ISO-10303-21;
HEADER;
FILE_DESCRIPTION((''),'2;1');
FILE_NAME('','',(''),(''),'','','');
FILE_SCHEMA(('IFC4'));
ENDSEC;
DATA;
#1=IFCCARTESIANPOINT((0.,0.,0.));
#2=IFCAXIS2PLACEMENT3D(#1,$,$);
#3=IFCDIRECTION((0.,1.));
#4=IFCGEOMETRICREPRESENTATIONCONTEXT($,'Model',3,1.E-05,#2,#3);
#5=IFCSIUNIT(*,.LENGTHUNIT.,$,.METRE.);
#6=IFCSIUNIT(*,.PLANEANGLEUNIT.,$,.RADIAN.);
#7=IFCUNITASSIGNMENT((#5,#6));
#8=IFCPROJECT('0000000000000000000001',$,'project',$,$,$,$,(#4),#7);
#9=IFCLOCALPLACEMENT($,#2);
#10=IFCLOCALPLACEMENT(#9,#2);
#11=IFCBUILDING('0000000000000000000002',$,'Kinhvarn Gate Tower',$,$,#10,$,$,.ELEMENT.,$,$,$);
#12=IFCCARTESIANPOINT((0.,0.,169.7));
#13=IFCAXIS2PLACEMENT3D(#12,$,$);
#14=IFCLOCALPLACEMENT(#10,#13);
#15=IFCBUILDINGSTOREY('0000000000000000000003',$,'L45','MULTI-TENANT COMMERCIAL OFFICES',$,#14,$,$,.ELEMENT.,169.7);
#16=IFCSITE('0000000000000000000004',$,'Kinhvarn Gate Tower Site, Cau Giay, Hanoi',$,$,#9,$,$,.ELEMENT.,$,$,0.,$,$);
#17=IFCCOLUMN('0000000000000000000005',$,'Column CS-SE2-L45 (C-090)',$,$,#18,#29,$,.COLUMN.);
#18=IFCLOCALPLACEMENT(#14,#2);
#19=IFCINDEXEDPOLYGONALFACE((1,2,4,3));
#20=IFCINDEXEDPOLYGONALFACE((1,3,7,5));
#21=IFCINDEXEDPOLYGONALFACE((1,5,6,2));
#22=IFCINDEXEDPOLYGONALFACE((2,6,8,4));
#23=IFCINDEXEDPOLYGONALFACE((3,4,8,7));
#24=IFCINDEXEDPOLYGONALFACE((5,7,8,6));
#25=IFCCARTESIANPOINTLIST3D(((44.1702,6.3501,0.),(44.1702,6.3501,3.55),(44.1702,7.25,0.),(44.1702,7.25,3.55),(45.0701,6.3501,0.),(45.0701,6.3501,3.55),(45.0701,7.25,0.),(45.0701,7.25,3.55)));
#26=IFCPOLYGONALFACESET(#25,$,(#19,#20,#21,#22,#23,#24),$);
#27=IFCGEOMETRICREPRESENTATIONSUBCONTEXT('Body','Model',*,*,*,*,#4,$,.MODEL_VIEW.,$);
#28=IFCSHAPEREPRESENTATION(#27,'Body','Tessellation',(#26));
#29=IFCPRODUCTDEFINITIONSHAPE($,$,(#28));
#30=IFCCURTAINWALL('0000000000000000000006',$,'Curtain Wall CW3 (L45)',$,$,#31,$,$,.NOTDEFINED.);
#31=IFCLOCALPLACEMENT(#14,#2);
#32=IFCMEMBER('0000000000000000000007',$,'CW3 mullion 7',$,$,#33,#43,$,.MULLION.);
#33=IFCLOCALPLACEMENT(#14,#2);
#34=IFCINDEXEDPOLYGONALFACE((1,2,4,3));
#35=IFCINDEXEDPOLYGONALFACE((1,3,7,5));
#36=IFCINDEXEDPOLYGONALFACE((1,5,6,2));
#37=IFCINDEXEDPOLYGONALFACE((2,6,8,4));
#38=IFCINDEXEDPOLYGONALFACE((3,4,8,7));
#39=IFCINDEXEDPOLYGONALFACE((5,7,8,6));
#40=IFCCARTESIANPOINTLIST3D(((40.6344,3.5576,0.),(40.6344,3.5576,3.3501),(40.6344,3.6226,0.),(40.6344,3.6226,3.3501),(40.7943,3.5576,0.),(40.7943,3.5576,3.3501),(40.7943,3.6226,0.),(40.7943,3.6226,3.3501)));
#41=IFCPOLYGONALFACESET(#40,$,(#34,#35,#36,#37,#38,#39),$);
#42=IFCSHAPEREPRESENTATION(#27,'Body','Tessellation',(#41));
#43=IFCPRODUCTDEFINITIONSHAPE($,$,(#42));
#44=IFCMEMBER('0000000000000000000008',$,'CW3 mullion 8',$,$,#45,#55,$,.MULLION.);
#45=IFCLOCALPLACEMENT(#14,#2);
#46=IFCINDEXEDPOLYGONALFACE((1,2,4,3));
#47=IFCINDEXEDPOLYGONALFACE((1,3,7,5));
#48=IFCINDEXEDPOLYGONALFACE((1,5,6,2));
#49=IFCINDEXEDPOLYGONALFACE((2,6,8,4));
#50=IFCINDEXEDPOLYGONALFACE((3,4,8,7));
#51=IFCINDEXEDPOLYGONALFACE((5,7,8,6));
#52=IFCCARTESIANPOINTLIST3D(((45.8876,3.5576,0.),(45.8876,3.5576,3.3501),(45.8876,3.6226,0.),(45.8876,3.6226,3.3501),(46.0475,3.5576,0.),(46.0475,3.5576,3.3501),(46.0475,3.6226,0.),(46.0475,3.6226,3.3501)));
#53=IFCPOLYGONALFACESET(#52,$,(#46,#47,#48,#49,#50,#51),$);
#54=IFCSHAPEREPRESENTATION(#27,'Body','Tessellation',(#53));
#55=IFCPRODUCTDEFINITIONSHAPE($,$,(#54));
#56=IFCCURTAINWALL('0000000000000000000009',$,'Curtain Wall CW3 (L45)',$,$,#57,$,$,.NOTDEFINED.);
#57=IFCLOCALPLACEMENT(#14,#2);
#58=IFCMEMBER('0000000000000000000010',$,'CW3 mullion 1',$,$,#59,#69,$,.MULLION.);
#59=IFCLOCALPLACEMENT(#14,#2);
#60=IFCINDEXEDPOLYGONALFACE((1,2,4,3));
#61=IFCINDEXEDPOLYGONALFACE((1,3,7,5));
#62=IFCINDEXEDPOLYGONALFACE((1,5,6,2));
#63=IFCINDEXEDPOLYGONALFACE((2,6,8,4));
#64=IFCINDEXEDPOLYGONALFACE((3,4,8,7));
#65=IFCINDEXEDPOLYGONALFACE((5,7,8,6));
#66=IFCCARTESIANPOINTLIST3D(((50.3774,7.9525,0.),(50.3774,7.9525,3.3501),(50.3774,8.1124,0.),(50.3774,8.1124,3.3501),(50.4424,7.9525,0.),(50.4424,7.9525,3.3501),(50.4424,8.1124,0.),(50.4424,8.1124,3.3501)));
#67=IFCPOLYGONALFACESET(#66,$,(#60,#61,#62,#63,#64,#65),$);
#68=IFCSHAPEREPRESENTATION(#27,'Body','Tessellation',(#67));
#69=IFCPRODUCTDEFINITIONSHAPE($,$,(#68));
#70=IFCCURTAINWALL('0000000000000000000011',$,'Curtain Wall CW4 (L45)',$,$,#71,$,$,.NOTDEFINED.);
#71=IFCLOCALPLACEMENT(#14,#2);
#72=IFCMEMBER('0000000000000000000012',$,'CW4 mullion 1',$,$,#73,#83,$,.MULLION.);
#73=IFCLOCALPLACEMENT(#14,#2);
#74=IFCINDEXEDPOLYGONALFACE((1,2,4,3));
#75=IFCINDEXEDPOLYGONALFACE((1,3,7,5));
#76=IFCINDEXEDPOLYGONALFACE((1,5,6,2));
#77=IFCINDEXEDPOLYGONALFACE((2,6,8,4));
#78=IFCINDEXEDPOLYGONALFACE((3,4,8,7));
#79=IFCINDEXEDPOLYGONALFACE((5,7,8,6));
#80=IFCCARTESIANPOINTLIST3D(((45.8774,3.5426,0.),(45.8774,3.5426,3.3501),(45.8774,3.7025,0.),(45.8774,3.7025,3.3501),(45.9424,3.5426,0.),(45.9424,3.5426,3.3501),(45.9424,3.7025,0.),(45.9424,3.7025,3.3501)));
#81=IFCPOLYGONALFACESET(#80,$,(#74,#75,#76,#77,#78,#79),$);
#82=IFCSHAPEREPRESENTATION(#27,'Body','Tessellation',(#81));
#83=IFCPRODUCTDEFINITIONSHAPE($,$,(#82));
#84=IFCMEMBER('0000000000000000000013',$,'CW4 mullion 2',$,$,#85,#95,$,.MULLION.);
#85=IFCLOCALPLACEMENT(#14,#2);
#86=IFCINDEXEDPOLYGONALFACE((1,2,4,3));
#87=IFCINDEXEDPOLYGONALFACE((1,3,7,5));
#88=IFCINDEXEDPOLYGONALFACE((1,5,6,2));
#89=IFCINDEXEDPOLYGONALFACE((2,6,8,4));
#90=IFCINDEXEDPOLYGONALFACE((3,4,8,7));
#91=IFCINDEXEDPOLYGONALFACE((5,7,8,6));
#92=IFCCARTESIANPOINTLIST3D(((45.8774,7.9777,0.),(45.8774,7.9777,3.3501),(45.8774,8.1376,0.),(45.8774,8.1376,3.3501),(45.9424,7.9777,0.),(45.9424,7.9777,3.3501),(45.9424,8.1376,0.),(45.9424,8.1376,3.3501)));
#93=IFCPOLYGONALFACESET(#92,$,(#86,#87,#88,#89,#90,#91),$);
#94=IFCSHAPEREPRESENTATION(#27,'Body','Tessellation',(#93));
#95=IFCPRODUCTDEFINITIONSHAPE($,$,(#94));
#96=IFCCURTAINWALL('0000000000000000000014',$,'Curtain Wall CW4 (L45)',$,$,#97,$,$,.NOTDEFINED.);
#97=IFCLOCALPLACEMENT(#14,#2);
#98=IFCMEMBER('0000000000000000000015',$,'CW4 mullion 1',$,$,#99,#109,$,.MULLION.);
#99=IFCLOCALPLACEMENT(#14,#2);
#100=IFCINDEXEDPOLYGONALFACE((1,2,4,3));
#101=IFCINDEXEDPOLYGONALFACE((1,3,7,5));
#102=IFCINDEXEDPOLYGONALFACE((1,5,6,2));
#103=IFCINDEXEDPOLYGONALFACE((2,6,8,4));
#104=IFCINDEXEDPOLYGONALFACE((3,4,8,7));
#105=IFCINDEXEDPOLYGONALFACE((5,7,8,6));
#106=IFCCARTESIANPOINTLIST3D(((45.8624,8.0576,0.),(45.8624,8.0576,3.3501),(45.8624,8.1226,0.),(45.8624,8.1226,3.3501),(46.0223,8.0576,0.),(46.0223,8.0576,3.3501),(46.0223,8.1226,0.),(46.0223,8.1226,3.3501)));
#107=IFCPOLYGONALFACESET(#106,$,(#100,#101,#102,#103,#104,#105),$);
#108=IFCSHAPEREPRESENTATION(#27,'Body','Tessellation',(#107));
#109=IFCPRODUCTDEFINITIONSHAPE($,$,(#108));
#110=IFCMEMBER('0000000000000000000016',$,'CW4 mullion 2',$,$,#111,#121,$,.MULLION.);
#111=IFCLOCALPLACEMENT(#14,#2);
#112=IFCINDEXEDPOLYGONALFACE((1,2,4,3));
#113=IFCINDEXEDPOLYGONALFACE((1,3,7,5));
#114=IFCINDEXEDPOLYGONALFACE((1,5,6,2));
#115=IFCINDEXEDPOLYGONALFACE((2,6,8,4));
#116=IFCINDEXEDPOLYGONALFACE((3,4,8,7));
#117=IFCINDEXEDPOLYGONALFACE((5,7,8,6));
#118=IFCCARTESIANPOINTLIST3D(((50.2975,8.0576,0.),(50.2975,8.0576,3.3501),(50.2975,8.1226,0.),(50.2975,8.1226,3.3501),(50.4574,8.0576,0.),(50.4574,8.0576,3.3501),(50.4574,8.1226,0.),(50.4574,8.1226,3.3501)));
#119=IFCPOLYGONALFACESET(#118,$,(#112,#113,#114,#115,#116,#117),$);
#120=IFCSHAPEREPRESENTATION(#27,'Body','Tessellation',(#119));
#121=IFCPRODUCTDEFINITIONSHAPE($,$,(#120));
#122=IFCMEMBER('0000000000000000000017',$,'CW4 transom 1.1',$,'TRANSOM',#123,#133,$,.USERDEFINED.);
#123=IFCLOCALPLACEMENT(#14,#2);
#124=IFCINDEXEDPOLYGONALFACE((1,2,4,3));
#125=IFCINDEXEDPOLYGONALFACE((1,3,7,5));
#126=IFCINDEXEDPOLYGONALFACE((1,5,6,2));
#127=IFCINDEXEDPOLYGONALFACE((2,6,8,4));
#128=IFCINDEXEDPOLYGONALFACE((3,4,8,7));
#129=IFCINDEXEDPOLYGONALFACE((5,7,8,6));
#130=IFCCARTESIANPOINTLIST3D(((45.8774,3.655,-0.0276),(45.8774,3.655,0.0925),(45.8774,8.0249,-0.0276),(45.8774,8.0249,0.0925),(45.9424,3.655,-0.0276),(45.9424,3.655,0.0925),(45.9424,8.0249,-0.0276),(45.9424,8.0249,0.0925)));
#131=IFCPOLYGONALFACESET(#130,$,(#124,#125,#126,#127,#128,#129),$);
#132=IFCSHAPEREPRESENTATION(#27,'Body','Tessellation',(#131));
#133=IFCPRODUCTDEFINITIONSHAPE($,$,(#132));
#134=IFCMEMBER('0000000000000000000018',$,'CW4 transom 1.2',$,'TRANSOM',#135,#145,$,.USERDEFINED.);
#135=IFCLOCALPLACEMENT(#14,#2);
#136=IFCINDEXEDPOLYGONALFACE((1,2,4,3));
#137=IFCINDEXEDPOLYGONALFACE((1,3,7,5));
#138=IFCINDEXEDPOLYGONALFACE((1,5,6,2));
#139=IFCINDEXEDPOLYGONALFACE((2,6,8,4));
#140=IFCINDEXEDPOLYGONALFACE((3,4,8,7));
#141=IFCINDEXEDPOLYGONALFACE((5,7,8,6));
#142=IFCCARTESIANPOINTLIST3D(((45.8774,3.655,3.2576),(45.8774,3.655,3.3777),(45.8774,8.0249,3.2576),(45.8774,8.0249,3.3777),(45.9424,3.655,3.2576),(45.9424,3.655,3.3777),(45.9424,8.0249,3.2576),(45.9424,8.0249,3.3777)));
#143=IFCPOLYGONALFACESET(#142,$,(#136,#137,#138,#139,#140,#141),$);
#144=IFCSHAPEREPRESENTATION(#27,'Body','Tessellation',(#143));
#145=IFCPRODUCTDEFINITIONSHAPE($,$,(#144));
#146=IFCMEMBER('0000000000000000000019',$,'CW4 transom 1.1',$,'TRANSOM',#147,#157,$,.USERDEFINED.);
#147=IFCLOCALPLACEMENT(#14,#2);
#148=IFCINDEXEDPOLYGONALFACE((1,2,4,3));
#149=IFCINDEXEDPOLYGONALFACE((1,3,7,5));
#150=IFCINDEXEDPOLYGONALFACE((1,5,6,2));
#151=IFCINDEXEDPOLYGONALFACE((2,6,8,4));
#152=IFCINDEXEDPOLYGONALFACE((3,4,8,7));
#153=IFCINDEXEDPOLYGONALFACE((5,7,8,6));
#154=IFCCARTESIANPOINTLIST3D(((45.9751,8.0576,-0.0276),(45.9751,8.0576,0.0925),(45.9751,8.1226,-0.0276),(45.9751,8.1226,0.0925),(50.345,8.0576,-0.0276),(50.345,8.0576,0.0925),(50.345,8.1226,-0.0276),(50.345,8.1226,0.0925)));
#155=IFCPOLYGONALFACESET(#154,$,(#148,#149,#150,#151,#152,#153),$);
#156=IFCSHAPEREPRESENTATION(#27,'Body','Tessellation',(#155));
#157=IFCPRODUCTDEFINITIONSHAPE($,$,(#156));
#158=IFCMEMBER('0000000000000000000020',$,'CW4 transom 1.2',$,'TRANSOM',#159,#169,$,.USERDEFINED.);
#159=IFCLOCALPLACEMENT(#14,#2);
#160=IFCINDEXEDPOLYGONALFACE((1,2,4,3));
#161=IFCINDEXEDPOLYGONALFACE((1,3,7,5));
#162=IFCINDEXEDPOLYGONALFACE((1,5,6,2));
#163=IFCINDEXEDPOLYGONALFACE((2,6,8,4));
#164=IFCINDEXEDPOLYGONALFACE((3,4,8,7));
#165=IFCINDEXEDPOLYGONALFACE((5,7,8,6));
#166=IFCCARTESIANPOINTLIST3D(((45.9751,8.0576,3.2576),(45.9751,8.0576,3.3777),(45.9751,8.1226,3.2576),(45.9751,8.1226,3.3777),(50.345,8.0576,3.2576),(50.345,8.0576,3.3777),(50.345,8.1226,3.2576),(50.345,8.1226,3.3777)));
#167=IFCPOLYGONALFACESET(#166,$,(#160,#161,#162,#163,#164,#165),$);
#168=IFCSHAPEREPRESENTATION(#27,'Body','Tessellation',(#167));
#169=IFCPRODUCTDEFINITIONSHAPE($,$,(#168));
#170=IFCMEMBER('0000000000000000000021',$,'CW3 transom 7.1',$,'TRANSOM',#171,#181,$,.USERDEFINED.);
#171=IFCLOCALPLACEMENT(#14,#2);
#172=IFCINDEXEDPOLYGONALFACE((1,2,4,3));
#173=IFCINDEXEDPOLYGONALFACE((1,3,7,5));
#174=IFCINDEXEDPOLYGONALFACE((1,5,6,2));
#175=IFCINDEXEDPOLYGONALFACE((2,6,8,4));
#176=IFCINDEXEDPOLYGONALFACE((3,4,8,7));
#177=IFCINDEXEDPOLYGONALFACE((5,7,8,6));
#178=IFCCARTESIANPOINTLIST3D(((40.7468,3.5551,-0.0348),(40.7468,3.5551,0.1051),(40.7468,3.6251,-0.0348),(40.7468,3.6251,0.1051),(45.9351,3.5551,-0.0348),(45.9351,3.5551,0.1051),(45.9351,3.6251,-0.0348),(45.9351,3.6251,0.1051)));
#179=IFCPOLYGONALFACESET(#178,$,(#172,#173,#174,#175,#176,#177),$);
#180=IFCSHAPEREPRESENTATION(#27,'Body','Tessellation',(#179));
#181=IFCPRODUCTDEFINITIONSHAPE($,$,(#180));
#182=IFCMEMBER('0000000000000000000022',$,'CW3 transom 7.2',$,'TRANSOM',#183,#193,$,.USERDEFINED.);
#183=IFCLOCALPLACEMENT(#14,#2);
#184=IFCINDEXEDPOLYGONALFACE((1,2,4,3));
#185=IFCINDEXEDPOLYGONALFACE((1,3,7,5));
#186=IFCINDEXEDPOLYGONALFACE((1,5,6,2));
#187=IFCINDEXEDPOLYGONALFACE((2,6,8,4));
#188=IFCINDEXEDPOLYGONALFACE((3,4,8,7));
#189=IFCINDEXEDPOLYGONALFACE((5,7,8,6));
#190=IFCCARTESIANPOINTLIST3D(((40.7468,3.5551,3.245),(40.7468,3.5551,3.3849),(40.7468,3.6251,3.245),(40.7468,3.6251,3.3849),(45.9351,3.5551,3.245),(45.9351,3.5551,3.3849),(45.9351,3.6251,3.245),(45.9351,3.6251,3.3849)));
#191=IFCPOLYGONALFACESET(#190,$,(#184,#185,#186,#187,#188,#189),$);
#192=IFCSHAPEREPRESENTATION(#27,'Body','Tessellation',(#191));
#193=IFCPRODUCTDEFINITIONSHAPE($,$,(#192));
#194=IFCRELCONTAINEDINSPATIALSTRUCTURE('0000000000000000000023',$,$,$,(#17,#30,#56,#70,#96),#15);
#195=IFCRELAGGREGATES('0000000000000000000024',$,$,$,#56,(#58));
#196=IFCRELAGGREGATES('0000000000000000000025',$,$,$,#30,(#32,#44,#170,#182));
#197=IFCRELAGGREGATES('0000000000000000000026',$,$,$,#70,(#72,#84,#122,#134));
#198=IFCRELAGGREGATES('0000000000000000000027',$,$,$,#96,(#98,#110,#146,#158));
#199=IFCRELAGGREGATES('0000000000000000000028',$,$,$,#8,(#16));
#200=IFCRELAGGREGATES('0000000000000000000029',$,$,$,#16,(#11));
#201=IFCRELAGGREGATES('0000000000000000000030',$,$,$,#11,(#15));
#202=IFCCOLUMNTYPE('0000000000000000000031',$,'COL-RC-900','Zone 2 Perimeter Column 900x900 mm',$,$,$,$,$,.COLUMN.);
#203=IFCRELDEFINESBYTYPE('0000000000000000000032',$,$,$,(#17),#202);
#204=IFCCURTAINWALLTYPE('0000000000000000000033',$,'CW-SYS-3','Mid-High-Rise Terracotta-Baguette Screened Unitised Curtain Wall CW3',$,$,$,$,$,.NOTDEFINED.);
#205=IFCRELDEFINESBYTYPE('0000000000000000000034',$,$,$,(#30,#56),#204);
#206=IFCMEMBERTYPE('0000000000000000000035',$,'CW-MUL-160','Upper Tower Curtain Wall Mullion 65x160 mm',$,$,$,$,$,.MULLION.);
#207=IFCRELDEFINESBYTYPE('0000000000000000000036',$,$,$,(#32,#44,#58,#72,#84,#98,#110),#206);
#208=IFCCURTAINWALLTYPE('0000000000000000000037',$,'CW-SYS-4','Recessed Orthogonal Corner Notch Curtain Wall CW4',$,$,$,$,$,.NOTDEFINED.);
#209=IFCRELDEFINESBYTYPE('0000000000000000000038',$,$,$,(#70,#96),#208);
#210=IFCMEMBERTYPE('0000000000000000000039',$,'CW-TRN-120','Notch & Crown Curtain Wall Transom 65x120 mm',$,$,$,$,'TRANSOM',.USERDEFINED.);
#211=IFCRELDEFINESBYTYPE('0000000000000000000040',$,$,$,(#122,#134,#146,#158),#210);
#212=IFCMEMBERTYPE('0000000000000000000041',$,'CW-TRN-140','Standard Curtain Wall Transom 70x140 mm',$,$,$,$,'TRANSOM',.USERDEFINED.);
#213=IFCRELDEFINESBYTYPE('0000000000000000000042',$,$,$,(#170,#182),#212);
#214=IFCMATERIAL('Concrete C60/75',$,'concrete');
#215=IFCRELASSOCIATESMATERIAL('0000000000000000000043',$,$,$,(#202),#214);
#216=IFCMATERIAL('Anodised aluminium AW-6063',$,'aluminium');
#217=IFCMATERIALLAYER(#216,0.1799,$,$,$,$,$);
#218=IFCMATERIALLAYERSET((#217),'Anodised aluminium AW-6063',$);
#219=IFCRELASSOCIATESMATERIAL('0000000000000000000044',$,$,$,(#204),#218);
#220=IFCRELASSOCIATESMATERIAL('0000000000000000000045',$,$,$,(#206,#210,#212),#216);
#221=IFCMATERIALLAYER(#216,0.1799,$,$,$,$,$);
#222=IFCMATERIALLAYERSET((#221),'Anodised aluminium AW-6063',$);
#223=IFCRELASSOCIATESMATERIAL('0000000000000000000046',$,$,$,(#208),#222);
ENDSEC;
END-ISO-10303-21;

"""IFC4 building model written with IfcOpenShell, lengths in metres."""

from ifc_helpers import new_model, si_unit, direction, frame, origin, origin_2d, place, context, subcontext, project, spatial, rectangle, extrude, material, layer, layer_set, material_profile, profile_set, type_object, element, aggregate, save


model = new_model("IFC4")

# Units and contexts
model_context = context("Model", 3, precision=1e-05, world=origin(), true_north=direction((0.0, 1.0)))
body_context = subcontext(model_context, "Body", "Model", "MODEL_VIEW")
ifc_project = project(units=[si_unit("LENGTHUNIT", "METRE"), si_unit("PLANEANGLEUNIT", "RADIAN")], contexts=[model_context])

# Site, building, storey
site_placement = place(None, origin())
site = spatial("IfcSite", under=ifc_project, at=site_placement, Name="Kinhvarn Gate Tower Site, Cau Giay, Hanoi", CompositionType="ELEMENT", RefElevation=0.0)
building_placement = place(site_placement, origin())
building = spatial("IfcBuilding", under=site, at=building_placement, Name="Kinhvarn Gate Tower", CompositionType="ELEMENT")
storey_placement = place(building_placement, frame((0.0, 0.0, 169.7)))
storey = spatial("IfcBuildingStorey", under=building, at=storey_placement, Name="L45", Description="MULTI-TENANT COMMERCIAL OFFICES", CompositionType="ELEMENT", Elevation=169.7)

# Column
ifc_material_1 = material(Name="Concrete C60/75", Category="concrete")
ifc_material_profile_1 = material_profile(ifc_material_1, rectangle(XDim=0.8999, YDim=0.8999, at=origin_2d()), Name="RC 900x900")
ifc_profile_set_1 = profile_set([ifc_material_profile_1], Name="Concrete C60/75")
column_type = type_object("IfcColumnType", Name="COL-RC-900", Description="Zone 2 Perimeter Column 900x900 mm", PredefinedType="COLUMN", material=ifc_profile_set_1)
column_placement = place(storey_placement, frame((44.6201, 6.8, 0.0), z_axis=(0.0, 0.0, 1.0), x_axis=(1.0, 0.0, 0.0)))
element("IfcColumn", 1, at=column_placement, inside=storey, type_object=column_type, Name="Column CS-SE2-L45 (C-090)", PredefinedType="COLUMN", context=body_context, shape_type="SweptSolid", body=[
    extrude(rectangle(XDim=0.8999, YDim=0.8999, at=origin_2d()), origin(), (0.0, 0.0, 1.0), 3.55),
])

# Curtain wall, members
ifc_material_2 = material(Name="Anodised aluminium AW-6063", Category="aluminium")
ifc_layer_1 = layer(ifc_material_2, 0.1799)
ifc_layer_set_1 = layer_set([ifc_layer_1], Name="Anodised aluminium AW-6063")
curtain_wall_type_1 = type_object("IfcCurtainWallType", Name="CW-SYS-3", Description="Mid-High-Rise Terracotta-Baguette Screened Unitised Curtain Wall CW3", PredefinedType="NOTDEFINED", material=ifc_layer_set_1)
curtain_wall_1_placement = place(storey_placement, origin())
curtain_wall_1 = element("IfcCurtainWall", 2, at=curtain_wall_1_placement, inside=storey, type_object=curtain_wall_type_1, Name="Curtain Wall CW3 (L45)", PredefinedType="NOTDEFINED")
ifc_material_profile_2 = material_profile(ifc_material_2, rectangle(XDim=0.0649, YDim=0.1599, at=origin_2d()), Name="ALU 65x160")
ifc_profile_set_2 = profile_set([ifc_material_profile_2], Name="Anodised aluminium AW-6063")
member_type_1 = type_object("IfcMemberType", Name="CW-MUL-160", Description="Upper Tower Curtain Wall Mullion 65x160 mm", PredefinedType="MULLION", material=ifc_profile_set_2)
member_1_placement = place(storey_placement, frame((40.7144, 3.5901, 0.0), z_axis=(0.0, 0.0, 1.0), x_axis=(0.0, 1.0, 0.0)))
member_1 = element("IfcMember", 3, at=member_1_placement, type_object=member_type_1, Name="CW3 mullion 7", PredefinedType="MULLION", context=body_context, shape_type="SweptSolid", body=[
    extrude(rectangle(XDim=0.0649, YDim=0.1599, at=origin_2d()), origin(), (0.0, 0.0, 1.0), 3.3501),
])
member_2_placement = place(storey_placement, frame((45.9675, 3.5901, 0.0), z_axis=(0.0, 0.0, 1.0), x_axis=(0.0, 1.0, 0.0)))
member_2 = element("IfcMember", 4, at=member_2_placement, type_object=member_type_1, Name="CW3 mullion 8", PredefinedType="MULLION", context=body_context, shape_type="SweptSolid", body=[
    extrude(rectangle(XDim=0.0649, YDim=0.1599, at=origin_2d()), origin(), (0.0, 0.0, 1.0), 3.3501),
])

# Curtain wall, member
curtain_wall_2_placement = place(storey_placement, origin())
curtain_wall_2 = element("IfcCurtainWall", 5, at=curtain_wall_2_placement, inside=storey, type_object=curtain_wall_type_1, Name="Curtain Wall CW3 (L45)", PredefinedType="NOTDEFINED")
member_3_placement = place(storey_placement, frame((50.4099, 8.0325, 0.0), z_axis=(0.0, 0.0, 1.0), x_axis=(-1.0, 0.0, 0.0)))
member_3 = element("IfcMember", 6, at=member_3_placement, type_object=member_type_1, Name="CW3 mullion 1", PredefinedType="MULLION", context=body_context, shape_type="SweptSolid", body=[
    extrude(rectangle(XDim=0.0649, YDim=0.1599, at=origin_2d()), origin(), (0.0, 0.0, 1.0), 3.3501),
])

# Curtain walls, members
ifc_layer_2 = layer(ifc_material_2, 0.1799)
ifc_layer_set_2 = layer_set([ifc_layer_2], Name="Anodised aluminium AW-6063")
curtain_wall_type_2 = type_object("IfcCurtainWallType", Name="CW-SYS-4", Description="Recessed Orthogonal Corner Notch Curtain Wall CW4", PredefinedType="NOTDEFINED", material=ifc_layer_set_2)
curtain_wall_3_placement = place(storey_placement, origin())
curtain_wall_3 = element("IfcCurtainWall", 7, at=curtain_wall_3_placement, inside=storey, type_object=curtain_wall_type_2, Name="Curtain Wall CW4 (L45)", PredefinedType="NOTDEFINED")
member_4_placement = place(storey_placement, frame((45.9099, 3.6226, 0.0), z_axis=(0.0, 0.0, 1.0), x_axis=(-1.0, 0.0, 0.0)))
member_4 = element("IfcMember", 8, at=member_4_placement, type_object=member_type_1, Name="CW4 mullion 1", PredefinedType="MULLION", context=body_context, shape_type="SweptSolid", body=[
    extrude(rectangle(XDim=0.0649, YDim=0.1599, at=origin_2d()), origin(), (0.0, 0.0, 1.0), 3.3501),
])
member_5_placement = place(storey_placement, frame((45.9099, 8.0576, 0.0), z_axis=(0.0, 0.0, 1.0), x_axis=(-1.0, 0.0, 0.0)))
member_5 = element("IfcMember", 9, at=member_5_placement, type_object=member_type_1, Name="CW4 mullion 2", PredefinedType="MULLION", context=body_context, shape_type="SweptSolid", body=[
    extrude(rectangle(XDim=0.0649, YDim=0.1599, at=origin_2d()), origin(), (0.0, 0.0, 1.0), 3.3501),
])
curtain_wall_4_placement = place(storey_placement, origin())
curtain_wall_4 = element("IfcCurtainWall", 10, at=curtain_wall_4_placement, inside=storey, type_object=curtain_wall_type_2, Name="Curtain Wall CW4 (L45)", PredefinedType="NOTDEFINED")
member_6_placement = place(storey_placement, frame((45.9424, 8.0901, 0.0), z_axis=(0.0, 0.0, 1.0), x_axis=(0.0, 1.0, 0.0)))
member_6 = element("IfcMember", 11, at=member_6_placement, type_object=member_type_1, Name="CW4 mullion 1", PredefinedType="MULLION", context=body_context, shape_type="SweptSolid", body=[
    extrude(rectangle(XDim=0.0649, YDim=0.1599, at=origin_2d()), origin(), (0.0, 0.0, 1.0), 3.3501),
])
member_7_placement = place(storey_placement, frame((50.3774, 8.0901, 0.0), z_axis=(0.0, 0.0, 1.0), x_axis=(0.0, 1.0, 0.0)))
member_7 = element("IfcMember", 12, at=member_7_placement, type_object=member_type_1, Name="CW4 mullion 2", PredefinedType="MULLION", context=body_context, shape_type="SweptSolid", body=[
    extrude(rectangle(XDim=0.0649, YDim=0.1599, at=origin_2d()), origin(), (0.0, 0.0, 1.0), 3.3501),
])

# Members
ifc_material_profile_3 = material_profile(ifc_material_2, rectangle(XDim=0.0649, YDim=0.1201, at=origin_2d()), Name="ALU 65x120")
ifc_profile_set_3 = profile_set([ifc_material_profile_3], Name="Anodised aluminium AW-6063")
member_type_2 = type_object("IfcMemberType", Name="CW-TRN-120", Description="Notch & Crown Curtain Wall Transom 65x120 mm", ElementType="TRANSOM", PredefinedType="USERDEFINED", material=ifc_profile_set_3)
member_8_placement = place(storey_placement, frame((45.9099, 3.655, 0.0325), z_axis=(0.0, 1.0, 0.0), x_axis=(-1.0, 0.0, 0.0)))
member_8 = element("IfcMember", 13, at=member_8_placement, type_object=member_type_2, Name="CW4 transom 1.1", ObjectType="TRANSOM", PredefinedType="USERDEFINED", context=body_context, shape_type="SweptSolid", body=[
    extrude(rectangle(XDim=0.0649, YDim=0.1201, at=origin_2d()), origin(), (0.0, 0.0, 1.0), 4.3699),
])
member_9_placement = place(storey_placement, frame((45.9099, 3.655, 3.3176), z_axis=(0.0, 1.0, 0.0), x_axis=(-1.0, 0.0, 0.0)))
member_9 = element("IfcMember", 14, at=member_9_placement, type_object=member_type_2, Name="CW4 transom 1.2", ObjectType="TRANSOM", PredefinedType="USERDEFINED", context=body_context, shape_type="SweptSolid", body=[
    extrude(rectangle(XDim=0.0649, YDim=0.1201, at=origin_2d()), origin(), (0.0, 0.0, 1.0), 4.3699),
])
member_10_placement = place(storey_placement, frame((45.9751, 8.0901, 0.0325), z_axis=(1.0, 0.0, 0.0), x_axis=(0.0, 1.0, 0.0)))
member_10 = element("IfcMember", 15, at=member_10_placement, type_object=member_type_2, Name="CW4 transom 1.1", ObjectType="TRANSOM", PredefinedType="USERDEFINED", context=body_context, shape_type="SweptSolid", body=[
    extrude(rectangle(XDim=0.0649, YDim=0.1201, at=origin_2d()), origin(), (0.0, 0.0, 1.0), 4.3699),
])
member_11_placement = place(storey_placement, frame((45.9751, 8.0901, 3.3176), z_axis=(1.0, 0.0, 0.0), x_axis=(0.0, 1.0, 0.0)))
member_11 = element("IfcMember", 16, at=member_11_placement, type_object=member_type_2, Name="CW4 transom 1.2", ObjectType="TRANSOM", PredefinedType="USERDEFINED", context=body_context, shape_type="SweptSolid", body=[
    extrude(rectangle(XDim=0.0649, YDim=0.1201, at=origin_2d()), origin(), (0.0, 0.0, 1.0), 4.3699),
])
ifc_material_profile_4 = material_profile(ifc_material_2, rectangle(XDim=0.0701, YDim=0.1399, at=origin_2d()), Name="ALU 70x140")
ifc_profile_set_4 = profile_set([ifc_material_profile_4], Name="Anodised aluminium AW-6063")
member_type_3 = type_object("IfcMemberType", Name="CW-TRN-140", Description="Standard Curtain Wall Transom 70x140 mm", ElementType="TRANSOM", PredefinedType="USERDEFINED", material=ifc_profile_set_4)
member_12_placement = place(storey_placement, frame((40.7468, 3.5901, 0.0352), z_axis=(1.0, 0.0, 0.0), x_axis=(0.0, 1.0, 0.0)))
member_12 = element("IfcMember", 17, at=member_12_placement, type_object=member_type_3, Name="CW3 transom 7.1", ObjectType="TRANSOM", PredefinedType="USERDEFINED", context=body_context, shape_type="SweptSolid", body=[
    extrude(rectangle(XDim=0.0701, YDim=0.1399, at=origin_2d()), origin(), (0.0, 0.0, 1.0), 5.1882),
])
member_13_placement = place(storey_placement, frame((40.7468, 3.5901, 3.3149), z_axis=(1.0, 0.0, 0.0), x_axis=(0.0, 1.0, 0.0)))
member_13 = element("IfcMember", 18, at=member_13_placement, type_object=member_type_3, Name="CW3 transom 7.2", ObjectType="TRANSOM", PredefinedType="USERDEFINED", context=body_context, shape_type="SweptSolid", body=[
    extrude(rectangle(XDim=0.0701, YDim=0.1399, at=origin_2d()), origin(), (0.0, 0.0, 1.0), 5.1882),
])
aggregate(curtain_wall_2, [member_3])

aggregate(curtain_wall_1, [member_1, member_2, member_12, member_13])
aggregate(curtain_wall_3, [member_4, member_5, member_8, member_9])
aggregate(curtain_wall_4, [member_6, member_7, member_10, member_11])

save(model, "model.ifc")
